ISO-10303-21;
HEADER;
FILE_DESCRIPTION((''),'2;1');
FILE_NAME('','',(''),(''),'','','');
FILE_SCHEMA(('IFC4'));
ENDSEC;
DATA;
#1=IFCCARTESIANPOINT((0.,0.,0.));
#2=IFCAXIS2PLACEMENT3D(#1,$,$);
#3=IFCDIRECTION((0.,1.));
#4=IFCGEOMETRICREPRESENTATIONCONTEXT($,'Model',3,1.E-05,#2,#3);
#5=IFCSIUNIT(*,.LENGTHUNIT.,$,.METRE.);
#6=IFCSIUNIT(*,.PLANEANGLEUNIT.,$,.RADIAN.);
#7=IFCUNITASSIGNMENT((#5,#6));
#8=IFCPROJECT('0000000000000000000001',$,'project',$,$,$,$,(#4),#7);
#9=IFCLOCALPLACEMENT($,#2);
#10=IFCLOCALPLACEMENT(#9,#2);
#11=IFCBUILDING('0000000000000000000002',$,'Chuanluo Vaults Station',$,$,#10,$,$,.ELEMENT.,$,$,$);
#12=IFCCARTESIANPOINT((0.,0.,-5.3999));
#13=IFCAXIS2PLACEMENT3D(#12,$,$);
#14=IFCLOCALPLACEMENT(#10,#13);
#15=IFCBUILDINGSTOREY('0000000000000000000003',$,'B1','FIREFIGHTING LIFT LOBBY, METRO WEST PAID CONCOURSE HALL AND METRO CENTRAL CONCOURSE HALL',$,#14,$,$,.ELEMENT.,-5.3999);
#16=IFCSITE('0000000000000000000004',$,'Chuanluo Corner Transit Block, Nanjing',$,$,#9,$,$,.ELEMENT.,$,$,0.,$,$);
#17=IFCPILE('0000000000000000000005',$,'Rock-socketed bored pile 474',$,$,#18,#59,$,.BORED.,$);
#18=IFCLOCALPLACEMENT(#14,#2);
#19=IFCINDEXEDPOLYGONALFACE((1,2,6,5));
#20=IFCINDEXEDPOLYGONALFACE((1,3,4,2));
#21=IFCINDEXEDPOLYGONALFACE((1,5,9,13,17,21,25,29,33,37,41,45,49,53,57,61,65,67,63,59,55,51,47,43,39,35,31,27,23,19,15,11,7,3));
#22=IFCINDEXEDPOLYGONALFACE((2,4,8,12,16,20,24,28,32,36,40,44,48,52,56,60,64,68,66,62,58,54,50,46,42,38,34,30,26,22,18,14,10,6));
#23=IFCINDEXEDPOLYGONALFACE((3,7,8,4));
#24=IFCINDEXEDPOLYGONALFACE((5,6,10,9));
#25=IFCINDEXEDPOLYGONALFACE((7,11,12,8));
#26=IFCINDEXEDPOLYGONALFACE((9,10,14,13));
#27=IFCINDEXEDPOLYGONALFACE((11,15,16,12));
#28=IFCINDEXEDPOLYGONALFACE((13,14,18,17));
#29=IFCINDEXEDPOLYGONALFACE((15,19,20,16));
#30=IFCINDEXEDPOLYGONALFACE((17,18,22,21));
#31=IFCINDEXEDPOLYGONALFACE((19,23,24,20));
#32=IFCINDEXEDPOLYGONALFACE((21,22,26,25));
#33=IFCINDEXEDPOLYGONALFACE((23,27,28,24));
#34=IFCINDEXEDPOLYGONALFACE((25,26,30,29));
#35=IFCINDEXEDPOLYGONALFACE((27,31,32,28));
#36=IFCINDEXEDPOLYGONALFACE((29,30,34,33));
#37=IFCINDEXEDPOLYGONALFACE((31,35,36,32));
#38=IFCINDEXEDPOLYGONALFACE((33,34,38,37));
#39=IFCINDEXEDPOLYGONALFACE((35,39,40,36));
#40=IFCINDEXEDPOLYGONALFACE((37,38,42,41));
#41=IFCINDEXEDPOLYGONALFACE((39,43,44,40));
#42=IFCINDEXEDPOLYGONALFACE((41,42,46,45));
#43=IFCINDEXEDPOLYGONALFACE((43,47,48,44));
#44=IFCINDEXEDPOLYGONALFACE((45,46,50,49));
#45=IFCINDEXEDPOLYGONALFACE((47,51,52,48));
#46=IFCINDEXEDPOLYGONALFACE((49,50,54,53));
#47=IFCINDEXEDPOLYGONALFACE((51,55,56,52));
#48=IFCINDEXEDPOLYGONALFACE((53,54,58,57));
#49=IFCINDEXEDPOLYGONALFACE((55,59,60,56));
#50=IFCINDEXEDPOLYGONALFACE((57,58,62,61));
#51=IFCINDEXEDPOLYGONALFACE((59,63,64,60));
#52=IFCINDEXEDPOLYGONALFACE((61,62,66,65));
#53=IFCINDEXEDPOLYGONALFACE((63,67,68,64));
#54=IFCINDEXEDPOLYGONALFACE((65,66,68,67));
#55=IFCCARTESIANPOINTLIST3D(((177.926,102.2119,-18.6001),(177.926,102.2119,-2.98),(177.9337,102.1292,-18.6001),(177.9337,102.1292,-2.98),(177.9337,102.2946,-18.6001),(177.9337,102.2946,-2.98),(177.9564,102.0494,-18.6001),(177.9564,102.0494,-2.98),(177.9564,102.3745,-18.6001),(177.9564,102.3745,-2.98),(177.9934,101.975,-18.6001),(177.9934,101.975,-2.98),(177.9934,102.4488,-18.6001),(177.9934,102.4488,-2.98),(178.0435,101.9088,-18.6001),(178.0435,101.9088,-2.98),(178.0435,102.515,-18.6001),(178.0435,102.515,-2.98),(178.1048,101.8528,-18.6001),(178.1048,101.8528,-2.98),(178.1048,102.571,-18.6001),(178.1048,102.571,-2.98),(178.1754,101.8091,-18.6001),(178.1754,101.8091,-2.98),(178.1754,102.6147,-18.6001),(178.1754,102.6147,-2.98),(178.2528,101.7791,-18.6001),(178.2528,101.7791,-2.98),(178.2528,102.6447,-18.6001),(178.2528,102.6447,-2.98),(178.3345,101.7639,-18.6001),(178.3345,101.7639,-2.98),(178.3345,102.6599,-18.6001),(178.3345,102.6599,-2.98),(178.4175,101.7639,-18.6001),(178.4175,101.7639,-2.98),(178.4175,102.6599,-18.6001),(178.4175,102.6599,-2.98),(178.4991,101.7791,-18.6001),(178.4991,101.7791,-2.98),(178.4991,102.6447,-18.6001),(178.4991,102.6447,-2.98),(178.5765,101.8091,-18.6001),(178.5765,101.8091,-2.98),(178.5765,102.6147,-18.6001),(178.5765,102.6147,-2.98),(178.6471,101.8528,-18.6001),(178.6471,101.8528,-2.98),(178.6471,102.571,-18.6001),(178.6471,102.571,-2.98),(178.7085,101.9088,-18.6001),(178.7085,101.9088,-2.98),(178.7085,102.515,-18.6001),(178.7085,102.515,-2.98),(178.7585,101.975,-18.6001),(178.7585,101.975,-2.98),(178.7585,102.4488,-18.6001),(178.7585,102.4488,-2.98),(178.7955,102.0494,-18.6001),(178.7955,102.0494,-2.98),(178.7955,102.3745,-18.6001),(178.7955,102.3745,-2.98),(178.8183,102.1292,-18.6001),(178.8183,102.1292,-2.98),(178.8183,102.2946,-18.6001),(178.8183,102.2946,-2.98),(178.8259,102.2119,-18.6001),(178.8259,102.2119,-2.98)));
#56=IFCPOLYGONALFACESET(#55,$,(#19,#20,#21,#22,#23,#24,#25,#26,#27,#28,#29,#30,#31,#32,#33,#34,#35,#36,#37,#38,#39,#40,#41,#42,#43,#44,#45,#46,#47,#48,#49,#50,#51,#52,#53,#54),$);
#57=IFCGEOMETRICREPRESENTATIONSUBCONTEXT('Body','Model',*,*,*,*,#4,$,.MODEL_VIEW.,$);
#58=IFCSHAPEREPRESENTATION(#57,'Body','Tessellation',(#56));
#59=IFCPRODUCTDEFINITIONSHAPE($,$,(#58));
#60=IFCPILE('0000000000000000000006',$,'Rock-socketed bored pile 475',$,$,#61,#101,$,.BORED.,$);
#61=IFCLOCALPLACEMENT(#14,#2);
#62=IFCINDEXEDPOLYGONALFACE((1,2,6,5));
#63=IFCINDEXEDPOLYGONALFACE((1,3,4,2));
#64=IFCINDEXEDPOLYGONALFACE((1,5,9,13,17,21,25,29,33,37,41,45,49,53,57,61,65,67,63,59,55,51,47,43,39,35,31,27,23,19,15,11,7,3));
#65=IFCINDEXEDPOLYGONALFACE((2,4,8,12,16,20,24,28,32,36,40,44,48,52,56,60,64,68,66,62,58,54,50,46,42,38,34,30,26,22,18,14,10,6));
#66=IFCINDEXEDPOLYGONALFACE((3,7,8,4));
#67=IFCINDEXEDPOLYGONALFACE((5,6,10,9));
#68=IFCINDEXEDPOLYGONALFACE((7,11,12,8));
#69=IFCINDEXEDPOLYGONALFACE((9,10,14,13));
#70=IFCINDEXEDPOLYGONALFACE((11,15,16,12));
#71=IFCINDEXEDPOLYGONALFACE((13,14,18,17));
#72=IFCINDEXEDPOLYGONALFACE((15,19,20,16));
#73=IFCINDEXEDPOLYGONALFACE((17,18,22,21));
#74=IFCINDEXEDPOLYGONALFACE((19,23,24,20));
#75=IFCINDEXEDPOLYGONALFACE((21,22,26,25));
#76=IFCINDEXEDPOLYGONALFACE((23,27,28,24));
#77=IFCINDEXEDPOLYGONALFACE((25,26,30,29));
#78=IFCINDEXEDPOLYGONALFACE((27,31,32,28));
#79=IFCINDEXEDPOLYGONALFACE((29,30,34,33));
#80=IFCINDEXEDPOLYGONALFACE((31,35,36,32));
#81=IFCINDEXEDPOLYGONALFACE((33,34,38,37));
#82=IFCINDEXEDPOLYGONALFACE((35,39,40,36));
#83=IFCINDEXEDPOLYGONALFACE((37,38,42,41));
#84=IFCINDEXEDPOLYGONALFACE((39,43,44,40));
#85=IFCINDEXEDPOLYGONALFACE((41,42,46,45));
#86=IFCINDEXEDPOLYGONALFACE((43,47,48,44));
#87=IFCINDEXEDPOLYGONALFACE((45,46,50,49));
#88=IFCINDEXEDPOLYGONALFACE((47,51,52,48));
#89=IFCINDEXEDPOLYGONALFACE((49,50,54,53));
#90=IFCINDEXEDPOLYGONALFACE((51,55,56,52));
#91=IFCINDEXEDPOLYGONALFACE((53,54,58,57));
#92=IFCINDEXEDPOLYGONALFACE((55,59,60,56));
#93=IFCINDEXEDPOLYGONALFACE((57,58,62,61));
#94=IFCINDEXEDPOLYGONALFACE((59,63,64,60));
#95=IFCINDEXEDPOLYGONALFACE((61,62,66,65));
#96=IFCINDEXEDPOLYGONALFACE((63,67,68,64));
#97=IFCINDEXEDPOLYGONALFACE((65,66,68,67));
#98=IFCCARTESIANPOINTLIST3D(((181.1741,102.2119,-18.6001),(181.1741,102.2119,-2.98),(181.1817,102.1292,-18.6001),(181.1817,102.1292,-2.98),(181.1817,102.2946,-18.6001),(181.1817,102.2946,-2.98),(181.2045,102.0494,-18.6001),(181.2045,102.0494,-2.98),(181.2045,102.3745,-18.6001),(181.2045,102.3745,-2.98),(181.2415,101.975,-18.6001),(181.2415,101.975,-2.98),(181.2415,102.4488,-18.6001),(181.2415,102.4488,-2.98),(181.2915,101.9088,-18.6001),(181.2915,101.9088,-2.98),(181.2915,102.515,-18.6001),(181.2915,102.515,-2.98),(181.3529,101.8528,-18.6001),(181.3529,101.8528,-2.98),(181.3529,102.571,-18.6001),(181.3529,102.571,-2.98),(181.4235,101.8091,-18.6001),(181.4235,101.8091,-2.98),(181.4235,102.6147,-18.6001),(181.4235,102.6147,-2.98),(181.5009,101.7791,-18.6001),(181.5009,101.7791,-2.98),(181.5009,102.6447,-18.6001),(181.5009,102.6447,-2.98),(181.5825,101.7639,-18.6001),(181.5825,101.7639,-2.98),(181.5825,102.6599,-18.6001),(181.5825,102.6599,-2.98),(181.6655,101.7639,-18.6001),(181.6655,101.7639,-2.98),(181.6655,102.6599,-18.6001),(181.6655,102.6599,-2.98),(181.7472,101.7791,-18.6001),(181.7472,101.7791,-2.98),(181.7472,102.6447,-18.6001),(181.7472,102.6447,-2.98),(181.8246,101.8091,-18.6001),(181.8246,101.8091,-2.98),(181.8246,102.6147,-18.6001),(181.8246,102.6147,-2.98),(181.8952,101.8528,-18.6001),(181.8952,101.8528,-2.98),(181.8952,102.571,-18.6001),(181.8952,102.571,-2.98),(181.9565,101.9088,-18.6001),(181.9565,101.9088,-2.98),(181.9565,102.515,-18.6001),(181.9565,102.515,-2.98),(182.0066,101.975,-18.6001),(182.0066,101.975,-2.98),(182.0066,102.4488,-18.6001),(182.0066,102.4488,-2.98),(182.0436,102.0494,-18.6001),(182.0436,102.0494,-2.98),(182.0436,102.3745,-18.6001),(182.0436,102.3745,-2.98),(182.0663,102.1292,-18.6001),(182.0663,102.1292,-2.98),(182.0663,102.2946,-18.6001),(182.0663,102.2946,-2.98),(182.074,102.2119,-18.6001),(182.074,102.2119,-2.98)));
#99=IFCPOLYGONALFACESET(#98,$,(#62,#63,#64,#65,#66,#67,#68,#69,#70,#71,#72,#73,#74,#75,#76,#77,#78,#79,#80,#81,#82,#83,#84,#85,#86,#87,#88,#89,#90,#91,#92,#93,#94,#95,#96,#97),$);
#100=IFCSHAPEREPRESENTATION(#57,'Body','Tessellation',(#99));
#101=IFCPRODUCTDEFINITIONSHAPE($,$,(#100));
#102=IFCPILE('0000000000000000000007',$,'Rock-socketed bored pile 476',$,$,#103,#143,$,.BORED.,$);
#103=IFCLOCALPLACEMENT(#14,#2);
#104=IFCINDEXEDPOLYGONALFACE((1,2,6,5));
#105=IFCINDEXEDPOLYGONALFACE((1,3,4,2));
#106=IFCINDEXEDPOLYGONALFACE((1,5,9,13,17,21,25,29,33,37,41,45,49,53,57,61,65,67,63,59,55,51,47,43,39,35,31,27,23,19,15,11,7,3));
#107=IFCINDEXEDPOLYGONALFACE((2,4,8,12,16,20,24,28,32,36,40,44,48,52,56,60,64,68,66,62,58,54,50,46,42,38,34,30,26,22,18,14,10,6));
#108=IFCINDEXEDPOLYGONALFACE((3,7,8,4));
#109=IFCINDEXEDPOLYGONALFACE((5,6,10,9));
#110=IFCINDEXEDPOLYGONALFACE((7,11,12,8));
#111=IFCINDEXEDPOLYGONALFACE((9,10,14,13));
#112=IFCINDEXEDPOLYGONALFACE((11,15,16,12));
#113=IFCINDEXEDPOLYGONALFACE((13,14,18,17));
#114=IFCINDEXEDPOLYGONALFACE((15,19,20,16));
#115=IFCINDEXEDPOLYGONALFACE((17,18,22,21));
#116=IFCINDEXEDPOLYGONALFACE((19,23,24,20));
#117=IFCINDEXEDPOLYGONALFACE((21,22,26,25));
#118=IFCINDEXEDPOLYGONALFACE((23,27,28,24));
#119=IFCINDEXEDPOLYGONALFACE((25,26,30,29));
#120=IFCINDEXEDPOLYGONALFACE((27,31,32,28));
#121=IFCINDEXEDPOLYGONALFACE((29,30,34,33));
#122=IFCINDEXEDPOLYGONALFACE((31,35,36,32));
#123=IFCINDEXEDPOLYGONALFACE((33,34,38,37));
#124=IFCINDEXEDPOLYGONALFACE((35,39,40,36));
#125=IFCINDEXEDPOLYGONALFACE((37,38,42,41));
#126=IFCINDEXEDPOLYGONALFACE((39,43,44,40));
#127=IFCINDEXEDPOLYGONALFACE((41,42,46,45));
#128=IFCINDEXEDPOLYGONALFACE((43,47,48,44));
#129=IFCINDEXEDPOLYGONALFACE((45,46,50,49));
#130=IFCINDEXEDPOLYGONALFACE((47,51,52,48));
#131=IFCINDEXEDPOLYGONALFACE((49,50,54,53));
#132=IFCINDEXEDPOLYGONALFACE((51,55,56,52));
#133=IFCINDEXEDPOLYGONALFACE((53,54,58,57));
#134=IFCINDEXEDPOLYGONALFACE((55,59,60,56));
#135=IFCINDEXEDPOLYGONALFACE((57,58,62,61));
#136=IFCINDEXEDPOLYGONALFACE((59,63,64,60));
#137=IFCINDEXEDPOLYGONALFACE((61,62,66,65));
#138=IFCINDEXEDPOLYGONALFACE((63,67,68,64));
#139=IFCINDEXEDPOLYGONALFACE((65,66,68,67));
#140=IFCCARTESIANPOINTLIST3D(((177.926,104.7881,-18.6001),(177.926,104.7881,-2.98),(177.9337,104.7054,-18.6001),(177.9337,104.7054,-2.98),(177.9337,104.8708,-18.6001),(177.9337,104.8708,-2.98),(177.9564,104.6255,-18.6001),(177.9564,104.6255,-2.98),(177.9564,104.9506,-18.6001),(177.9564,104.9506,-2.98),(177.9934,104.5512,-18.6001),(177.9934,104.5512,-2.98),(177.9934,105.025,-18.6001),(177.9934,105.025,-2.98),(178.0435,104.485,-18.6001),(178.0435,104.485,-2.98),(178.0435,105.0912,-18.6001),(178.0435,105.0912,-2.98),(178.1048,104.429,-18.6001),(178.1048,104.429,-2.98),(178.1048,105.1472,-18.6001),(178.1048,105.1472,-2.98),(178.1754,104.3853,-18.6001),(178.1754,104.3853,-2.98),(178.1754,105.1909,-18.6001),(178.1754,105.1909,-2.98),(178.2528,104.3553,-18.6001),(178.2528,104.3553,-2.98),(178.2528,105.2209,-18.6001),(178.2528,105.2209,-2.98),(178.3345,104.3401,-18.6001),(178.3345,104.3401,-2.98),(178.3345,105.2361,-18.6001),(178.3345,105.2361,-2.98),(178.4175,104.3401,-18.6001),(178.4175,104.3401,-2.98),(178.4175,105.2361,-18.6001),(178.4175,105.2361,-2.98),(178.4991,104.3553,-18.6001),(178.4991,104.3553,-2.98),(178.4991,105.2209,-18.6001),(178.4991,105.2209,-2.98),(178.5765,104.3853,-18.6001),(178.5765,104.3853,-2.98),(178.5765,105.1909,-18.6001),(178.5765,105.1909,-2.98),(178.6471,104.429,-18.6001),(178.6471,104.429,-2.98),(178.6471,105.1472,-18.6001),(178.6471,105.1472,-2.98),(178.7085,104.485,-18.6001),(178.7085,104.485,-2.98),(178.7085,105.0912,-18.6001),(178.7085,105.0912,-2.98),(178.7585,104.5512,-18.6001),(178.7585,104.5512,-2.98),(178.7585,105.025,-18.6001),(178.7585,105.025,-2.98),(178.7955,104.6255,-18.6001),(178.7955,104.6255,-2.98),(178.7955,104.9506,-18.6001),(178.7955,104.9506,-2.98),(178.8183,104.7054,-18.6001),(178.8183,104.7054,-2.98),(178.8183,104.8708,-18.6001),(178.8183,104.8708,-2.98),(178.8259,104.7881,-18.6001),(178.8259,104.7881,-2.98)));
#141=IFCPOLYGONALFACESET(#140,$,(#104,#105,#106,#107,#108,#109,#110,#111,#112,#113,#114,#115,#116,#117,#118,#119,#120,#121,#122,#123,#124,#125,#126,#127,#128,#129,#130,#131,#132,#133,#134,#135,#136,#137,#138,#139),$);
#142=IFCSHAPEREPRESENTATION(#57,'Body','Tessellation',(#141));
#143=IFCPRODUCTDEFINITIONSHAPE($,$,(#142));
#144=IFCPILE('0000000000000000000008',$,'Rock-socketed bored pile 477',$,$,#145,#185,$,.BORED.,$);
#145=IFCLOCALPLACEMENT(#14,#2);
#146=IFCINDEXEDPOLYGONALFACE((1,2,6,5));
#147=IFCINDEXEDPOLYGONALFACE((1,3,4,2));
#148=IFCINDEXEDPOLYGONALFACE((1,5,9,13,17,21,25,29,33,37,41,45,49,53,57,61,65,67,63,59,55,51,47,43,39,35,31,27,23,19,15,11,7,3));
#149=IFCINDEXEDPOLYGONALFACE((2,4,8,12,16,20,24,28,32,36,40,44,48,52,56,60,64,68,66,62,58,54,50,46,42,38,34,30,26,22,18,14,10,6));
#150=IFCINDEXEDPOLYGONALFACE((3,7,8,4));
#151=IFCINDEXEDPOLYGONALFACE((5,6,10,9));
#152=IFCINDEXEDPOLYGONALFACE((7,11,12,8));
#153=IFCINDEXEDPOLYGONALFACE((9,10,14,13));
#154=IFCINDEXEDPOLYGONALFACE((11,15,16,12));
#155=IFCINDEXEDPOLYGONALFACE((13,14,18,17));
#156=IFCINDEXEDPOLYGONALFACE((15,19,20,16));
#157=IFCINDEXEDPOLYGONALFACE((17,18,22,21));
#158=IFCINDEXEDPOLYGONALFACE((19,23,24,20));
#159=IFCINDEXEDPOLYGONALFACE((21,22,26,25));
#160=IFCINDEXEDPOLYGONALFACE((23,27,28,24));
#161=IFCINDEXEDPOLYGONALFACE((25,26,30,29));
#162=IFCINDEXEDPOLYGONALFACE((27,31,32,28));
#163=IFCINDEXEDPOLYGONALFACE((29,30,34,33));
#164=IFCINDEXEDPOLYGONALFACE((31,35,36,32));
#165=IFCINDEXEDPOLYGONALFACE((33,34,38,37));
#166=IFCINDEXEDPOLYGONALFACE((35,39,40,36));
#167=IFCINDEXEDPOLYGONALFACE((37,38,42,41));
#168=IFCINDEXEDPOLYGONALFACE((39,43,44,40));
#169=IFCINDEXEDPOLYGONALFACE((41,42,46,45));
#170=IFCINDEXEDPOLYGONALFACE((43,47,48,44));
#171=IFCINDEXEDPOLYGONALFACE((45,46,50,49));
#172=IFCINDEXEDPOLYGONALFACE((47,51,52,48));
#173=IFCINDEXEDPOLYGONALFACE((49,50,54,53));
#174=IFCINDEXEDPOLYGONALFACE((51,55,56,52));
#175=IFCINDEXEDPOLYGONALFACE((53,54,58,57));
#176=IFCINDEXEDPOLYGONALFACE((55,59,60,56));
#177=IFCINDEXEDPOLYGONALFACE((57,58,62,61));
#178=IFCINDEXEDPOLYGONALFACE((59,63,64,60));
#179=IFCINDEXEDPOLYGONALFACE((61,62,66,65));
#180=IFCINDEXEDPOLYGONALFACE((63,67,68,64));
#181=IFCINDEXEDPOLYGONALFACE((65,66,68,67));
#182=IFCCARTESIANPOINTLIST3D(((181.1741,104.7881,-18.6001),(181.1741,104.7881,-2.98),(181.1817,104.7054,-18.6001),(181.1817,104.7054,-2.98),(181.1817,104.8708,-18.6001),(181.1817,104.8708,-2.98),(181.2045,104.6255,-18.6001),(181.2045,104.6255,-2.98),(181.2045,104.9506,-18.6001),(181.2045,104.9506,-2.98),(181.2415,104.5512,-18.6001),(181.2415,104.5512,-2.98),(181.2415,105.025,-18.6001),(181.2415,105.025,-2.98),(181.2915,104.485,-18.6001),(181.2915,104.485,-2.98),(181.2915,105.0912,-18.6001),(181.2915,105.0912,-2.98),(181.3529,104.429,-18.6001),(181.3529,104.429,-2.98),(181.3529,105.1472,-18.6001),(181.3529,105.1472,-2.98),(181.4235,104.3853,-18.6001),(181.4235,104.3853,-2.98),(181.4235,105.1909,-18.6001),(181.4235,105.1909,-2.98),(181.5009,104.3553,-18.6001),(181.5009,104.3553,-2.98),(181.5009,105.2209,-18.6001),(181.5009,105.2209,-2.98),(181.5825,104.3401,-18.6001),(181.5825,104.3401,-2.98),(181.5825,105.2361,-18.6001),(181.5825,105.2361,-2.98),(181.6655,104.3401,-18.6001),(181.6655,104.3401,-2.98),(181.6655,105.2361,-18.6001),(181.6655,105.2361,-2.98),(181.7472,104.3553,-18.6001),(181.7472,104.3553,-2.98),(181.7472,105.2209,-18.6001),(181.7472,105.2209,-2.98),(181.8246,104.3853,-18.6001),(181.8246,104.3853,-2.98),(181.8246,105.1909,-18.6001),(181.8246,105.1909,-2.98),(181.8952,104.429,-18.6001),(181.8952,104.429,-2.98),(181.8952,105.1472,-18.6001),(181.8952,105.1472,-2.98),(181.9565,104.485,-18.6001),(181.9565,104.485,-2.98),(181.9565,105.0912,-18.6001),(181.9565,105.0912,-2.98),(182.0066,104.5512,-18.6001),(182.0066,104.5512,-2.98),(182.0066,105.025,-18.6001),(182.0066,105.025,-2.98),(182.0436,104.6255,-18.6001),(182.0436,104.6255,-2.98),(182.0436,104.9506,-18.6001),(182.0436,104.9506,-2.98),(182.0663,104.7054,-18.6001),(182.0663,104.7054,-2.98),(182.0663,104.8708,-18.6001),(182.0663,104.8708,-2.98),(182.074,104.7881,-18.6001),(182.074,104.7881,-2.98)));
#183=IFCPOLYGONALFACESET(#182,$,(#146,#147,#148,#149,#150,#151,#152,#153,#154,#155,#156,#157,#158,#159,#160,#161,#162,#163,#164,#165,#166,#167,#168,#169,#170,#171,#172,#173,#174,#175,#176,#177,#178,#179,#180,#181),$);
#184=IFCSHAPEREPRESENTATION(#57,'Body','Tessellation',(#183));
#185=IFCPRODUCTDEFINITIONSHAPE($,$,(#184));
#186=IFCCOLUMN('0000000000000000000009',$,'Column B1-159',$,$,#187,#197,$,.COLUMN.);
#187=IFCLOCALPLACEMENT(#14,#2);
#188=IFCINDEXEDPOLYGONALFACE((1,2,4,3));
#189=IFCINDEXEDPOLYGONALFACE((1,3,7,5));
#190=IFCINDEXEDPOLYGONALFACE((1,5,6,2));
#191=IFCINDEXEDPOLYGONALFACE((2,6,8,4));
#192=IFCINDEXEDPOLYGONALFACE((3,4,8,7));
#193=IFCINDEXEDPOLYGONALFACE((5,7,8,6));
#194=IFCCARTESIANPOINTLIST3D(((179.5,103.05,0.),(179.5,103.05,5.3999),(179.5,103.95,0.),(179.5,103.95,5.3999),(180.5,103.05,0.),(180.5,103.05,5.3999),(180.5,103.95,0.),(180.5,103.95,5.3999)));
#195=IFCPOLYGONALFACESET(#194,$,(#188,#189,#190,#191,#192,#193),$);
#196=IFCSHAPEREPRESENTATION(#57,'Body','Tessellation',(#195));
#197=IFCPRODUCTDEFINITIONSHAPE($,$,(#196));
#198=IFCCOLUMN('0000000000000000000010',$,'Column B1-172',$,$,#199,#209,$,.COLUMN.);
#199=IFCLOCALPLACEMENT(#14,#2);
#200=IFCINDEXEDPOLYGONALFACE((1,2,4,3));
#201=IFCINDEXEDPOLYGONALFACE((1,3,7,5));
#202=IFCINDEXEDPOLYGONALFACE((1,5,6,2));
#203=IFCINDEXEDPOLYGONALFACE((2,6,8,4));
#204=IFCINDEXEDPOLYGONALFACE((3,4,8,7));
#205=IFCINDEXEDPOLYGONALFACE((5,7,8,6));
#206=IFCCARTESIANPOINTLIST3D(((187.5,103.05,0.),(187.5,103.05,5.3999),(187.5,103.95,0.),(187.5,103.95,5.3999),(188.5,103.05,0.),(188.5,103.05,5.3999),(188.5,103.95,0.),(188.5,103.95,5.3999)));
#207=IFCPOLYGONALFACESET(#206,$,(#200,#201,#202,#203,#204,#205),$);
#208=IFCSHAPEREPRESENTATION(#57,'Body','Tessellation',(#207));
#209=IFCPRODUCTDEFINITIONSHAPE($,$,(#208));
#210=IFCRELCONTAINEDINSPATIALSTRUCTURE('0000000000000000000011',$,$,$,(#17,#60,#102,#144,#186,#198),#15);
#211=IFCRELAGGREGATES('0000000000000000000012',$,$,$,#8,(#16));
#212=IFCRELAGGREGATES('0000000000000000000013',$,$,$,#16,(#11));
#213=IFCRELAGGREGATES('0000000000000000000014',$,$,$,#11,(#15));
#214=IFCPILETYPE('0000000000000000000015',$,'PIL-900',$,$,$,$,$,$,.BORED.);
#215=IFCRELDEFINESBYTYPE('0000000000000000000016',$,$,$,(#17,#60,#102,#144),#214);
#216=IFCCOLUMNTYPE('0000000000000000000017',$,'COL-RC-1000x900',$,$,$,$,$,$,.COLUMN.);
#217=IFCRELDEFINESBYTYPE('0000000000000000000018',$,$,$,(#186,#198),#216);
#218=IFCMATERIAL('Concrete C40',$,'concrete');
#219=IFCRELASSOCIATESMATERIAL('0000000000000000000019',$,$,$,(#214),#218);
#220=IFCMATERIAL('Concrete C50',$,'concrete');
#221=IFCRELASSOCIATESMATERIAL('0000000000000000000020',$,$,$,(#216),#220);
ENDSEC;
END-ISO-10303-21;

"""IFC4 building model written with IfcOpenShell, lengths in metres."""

from ifc_helpers import new_model, si_unit, direction, frame, origin, origin_2d, place, context, subcontext, project, spatial, rectangle, circle, extrude, material, material_profile, profile_set, type_object, element, save


model = new_model("IFC4")

# Units and contexts
model_context = context("Model", 3, precision=1e-05, world=origin(), true_north=direction((0.0, 1.0)))
body_context = subcontext(model_context, "Body", "Model", "MODEL_VIEW")
ifc_project = project(units=[si_unit("LENGTHUNIT", "METRE"), si_unit("PLANEANGLEUNIT", "RADIAN")], contexts=[model_context])

# Site, building, storey
site_placement = place(None, origin())
site = spatial("IfcSite", under=ifc_project, at=site_placement, Name="Chuanluo Corner Transit Block, Nanjing", CompositionType="ELEMENT", RefElevation=0.0)
building_placement = place(site_placement, origin())
building = spatial("IfcBuilding", under=site, at=building_placement, Name="Chuanluo Vaults Station", CompositionType="ELEMENT")
storey_placement = place(building_placement, frame((0.0, 0.0, -5.3999)))
storey = spatial("IfcBuildingStorey", under=building, at=storey_placement, Name="B1", Description="FIREFIGHTING LIFT LOBBY, METRO WEST PAID CONCOURSE HALL AND METRO CENTRAL CONCOURSE HALL", CompositionType="ELEMENT", Elevation=-5.3999)

# Piles
ifc_material_1 = material(Name="Concrete C40", Category="concrete")
ifc_material_profile_1 = material_profile(ifc_material_1, circle(Radius=0.45, at=origin_2d()))
ifc_profile_set_1 = profile_set([ifc_material_profile_1], Name="Concrete C40")
pile_type_1 = type_object("IfcPileType", Name="PIL-900", PredefinedType="BORED", material=ifc_profile_set_1)
for number, where, z_axis, x_axis, name in (
    (1, (178.376, 102.2119, -2.98), (0.0, 0.0, -1.0), (1.0, 0.0, 0.0), "Rock-socketed bored pile 474"),
    (2, (181.624, 102.2119, -2.98), (0.0, 0.0, -1.0), (1.0, 0.0, 0.0), "Rock-socketed bored pile 475"),
    (3, (178.376, 104.7881, -2.98), (0.0, 0.0, -1.0), (1.0, 0.0, 0.0), "Rock-socketed bored pile 476"),
    (4, (181.624, 104.7881, -2.98), (0.0, 0.0, -1.0), (1.0, 0.0, 0.0), "Rock-socketed bored pile 477"),
):
    element("IfcPile", number, at=place(storey_placement, frame(where, z_axis=z_axis, x_axis=x_axis)), inside=storey, type_object=pile_type_1, Name=name, PredefinedType="BORED", context=body_context, shape_type="SweptSolid", body=[
        extrude(circle(Radius=0.45, at=origin_2d()), origin(), (0.0, 0.0, 1.0), 15.6201),
    ])

# Columns
ifc_material_2 = material(Name="Concrete C50", Category="concrete")
ifc_material_profile_2 = material_profile(ifc_material_2, rectangle(XDim=1.0, YDim=0.8999, at=origin_2d()))
ifc_profile_set_2 = profile_set([ifc_material_profile_2], Name="Concrete C50")
column_type = type_object("IfcColumnType", Name="COL-RC-1000x900", PredefinedType="COLUMN", material=ifc_profile_set_2)
for number, where, z_axis, x_axis, name in (
    (5, (180.0, 103.5, 0.0), (0.0, 0.0, 1.0), (1.0, 0.0, 0.0), "Column B1-159"),
    (6, (188.0, 103.5, 0.0), (0.0, 0.0, 1.0), (1.0, 0.0, 0.0), "Column B1-172"),
):
    element("IfcColumn", number, at=place(storey_placement, frame(where, z_axis=z_axis, x_axis=x_axis)), inside=storey, type_object=column_type, Name=name, PredefinedType="COLUMN", context=body_context, shape_type="SweptSolid", body=[
        extrude(rectangle(XDim=1.0, YDim=0.8999, at=origin_2d()), origin(), (0.0, 0.0, 1.0), 5.3999),
    ])

save(model, "model.ifc")
